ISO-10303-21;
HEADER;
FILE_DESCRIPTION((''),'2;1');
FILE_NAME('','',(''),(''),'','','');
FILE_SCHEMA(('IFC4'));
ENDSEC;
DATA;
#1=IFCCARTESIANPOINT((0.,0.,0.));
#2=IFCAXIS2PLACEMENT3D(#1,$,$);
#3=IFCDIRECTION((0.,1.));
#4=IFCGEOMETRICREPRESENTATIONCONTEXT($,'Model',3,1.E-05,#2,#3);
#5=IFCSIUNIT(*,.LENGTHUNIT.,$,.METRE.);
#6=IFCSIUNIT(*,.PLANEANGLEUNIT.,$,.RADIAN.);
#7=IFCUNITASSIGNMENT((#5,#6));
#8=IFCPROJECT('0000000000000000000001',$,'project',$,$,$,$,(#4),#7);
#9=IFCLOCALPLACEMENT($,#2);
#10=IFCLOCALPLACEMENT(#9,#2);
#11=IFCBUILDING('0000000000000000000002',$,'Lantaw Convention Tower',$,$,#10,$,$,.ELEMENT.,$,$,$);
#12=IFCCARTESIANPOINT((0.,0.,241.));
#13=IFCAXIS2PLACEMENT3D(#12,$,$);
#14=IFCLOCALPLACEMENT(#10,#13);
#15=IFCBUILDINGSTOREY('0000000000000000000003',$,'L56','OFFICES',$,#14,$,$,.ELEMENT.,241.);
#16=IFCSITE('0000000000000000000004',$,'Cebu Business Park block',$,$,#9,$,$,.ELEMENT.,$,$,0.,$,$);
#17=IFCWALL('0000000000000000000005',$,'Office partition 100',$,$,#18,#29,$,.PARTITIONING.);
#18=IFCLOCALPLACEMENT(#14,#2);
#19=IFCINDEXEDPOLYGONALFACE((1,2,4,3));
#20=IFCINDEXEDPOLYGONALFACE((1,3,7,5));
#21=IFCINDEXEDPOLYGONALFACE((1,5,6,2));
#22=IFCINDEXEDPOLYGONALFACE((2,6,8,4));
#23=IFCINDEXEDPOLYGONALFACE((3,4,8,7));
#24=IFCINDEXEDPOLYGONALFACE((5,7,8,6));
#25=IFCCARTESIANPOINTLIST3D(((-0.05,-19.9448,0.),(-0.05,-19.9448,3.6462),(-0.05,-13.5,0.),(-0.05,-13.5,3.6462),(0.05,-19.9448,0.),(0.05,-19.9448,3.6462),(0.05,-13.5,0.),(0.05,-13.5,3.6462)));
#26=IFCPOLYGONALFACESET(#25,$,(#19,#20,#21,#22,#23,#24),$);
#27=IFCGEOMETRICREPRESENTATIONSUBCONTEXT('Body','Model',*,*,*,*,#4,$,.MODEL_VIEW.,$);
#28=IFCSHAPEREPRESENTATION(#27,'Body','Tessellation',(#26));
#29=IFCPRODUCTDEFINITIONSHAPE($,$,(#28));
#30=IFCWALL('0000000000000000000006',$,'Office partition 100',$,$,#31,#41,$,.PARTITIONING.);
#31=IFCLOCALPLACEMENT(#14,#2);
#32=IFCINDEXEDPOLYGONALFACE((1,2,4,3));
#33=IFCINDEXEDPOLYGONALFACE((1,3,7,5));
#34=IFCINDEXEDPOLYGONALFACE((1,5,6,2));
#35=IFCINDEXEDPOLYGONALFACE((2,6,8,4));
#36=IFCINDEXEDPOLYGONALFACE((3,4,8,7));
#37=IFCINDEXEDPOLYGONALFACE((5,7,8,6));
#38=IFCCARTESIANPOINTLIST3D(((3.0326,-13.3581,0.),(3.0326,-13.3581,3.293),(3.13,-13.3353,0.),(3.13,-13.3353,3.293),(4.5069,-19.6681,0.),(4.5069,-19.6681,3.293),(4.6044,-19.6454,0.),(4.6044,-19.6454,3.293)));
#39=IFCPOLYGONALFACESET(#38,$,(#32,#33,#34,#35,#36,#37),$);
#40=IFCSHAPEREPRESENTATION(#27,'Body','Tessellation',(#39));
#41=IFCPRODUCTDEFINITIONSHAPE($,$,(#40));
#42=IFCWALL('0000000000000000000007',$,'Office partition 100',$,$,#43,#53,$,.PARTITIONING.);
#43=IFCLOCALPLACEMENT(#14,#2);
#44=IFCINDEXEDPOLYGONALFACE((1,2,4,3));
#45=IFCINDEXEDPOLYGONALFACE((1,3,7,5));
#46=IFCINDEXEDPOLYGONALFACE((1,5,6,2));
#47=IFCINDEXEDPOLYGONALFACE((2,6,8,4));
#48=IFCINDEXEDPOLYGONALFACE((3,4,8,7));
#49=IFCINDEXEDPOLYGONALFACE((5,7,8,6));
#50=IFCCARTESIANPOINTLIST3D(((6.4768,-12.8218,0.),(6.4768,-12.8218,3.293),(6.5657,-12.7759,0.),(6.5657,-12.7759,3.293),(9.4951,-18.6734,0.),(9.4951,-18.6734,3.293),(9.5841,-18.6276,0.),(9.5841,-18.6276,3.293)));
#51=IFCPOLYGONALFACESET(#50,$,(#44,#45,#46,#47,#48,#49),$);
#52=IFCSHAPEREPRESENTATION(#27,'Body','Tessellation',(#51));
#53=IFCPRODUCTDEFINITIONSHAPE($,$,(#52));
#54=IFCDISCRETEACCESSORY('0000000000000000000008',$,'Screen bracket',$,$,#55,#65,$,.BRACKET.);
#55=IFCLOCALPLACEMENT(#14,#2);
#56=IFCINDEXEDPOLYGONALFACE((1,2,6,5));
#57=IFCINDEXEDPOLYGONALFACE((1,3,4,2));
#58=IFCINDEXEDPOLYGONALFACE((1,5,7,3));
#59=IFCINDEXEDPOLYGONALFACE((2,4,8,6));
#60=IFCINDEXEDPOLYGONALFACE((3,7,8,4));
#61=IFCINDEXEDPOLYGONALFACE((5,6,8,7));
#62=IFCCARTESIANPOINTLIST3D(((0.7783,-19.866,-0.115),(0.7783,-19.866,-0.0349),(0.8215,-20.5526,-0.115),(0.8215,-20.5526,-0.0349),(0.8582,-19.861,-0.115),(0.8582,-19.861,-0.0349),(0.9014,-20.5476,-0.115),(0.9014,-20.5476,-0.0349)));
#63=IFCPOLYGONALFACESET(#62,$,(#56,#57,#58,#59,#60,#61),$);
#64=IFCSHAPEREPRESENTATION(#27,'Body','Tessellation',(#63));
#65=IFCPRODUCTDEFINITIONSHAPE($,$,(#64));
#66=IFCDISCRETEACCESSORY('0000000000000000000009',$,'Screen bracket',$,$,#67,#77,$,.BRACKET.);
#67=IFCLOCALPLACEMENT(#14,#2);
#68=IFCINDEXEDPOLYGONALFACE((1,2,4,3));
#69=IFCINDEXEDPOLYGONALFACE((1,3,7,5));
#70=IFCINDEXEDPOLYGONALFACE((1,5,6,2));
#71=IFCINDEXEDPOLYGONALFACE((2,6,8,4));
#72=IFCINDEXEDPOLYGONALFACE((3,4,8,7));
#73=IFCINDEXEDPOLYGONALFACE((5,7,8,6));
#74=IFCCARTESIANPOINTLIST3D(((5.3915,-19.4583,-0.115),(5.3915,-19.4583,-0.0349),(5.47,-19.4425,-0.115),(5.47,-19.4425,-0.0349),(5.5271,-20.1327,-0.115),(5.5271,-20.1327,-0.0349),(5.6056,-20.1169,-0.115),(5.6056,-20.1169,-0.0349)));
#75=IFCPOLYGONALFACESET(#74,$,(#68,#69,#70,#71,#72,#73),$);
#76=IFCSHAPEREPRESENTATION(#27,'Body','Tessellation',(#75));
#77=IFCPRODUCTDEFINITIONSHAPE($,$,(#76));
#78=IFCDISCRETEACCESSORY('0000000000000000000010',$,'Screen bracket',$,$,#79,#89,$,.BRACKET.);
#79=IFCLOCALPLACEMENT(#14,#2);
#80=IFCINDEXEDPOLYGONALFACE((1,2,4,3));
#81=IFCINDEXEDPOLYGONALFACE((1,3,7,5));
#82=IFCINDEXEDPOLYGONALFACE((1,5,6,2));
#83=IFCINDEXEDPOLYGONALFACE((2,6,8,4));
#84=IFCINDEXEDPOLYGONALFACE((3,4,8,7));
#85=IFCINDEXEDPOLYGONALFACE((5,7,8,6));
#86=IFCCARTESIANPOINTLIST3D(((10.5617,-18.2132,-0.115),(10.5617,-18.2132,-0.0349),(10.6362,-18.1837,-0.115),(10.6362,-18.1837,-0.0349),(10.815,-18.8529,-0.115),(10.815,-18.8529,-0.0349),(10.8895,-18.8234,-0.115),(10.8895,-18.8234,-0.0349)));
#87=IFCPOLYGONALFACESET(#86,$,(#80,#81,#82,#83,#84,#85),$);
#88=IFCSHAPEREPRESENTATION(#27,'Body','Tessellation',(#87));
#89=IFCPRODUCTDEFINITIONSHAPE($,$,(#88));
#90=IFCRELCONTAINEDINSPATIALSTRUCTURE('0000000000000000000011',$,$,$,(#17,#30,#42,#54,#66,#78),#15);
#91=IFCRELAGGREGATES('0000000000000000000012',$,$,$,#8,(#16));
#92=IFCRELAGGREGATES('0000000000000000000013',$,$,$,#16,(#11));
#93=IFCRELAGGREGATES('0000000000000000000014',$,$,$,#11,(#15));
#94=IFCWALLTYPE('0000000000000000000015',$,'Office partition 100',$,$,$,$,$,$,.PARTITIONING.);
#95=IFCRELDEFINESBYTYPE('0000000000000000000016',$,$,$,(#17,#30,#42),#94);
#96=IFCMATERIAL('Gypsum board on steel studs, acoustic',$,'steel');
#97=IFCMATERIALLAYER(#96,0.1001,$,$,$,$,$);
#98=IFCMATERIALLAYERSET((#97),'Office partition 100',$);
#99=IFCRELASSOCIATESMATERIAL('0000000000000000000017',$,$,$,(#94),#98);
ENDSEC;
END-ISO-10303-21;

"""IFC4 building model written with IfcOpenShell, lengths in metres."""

from ifc_helpers import new_model, si_unit, direction, frame, frame_2d, origin, origin_2d, place, context, subcontext, project, spatial, rectangle, extrude, material, layer, layer_set, type_object, element, save


model = new_model("IFC4")

# Units and contexts
model_context = context("Model", 3, precision=1e-05, world=origin(), true_north=direction((0.0, 1.0)))
body_context = subcontext(model_context, "Body", "Model", "MODEL_VIEW")
ifc_project = project(units=[si_unit("LENGTHUNIT", "METRE"), si_unit("PLANEANGLEUNIT", "RADIAN")], contexts=[model_context])

# Site, building, storey
site_placement = place(None, origin())
site = spatial("IfcSite", under=ifc_project, at=site_placement, Name="Cebu Business Park block", CompositionType="ELEMENT", RefElevation=0.0)
building_placement = place(site_placement, origin())
building = spatial("IfcBuilding", under=site, at=building_placement, Name="Lantaw Convention Tower", CompositionType="ELEMENT")
storey_placement = place(building_placement, frame((0.0, 0.0, 241.0)))
storey = spatial("IfcBuildingStorey", under=building, at=storey_placement, Name="L56", Description="OFFICES", CompositionType="ELEMENT", Elevation=241.0)

# Walls
ifc_material_1 = material(Name="Gypsum board on steel studs, acoustic", Category="steel")
ifc_layer_1 = layer(ifc_material_1, 0.1001)
ifc_layer_set_1 = layer_set([ifc_layer_1], Name="Office partition 100")
wall_type = type_object("IfcWallType", Name="Office partition 100", PredefinedType="PARTITIONING", material=ifc_layer_set_1)
wall_1_placement = place(storey_placement, frame((0.0, -19.9448, 0.0), z_axis=(0.0, 0.0, 1.0), x_axis=(0.0, 1.0, 0.0)))
element("IfcWall", 1, at=wall_1_placement, inside=storey, type_object=wall_type, Name="Office partition 100", PredefinedType="PARTITIONING", context=body_context, shape_type="SweptSolid", body=[
    extrude(rectangle(XDim=6.4448, YDim=0.1001, at=frame_2d((3.2224, 0.0))), origin(), (0.0, 0.0, 1.0), 3.6462),
])
wall_2_placement = place(storey_placement, frame((4.5557, -19.6567, 0.0), z_axis=(0.0, 0.0, 1.0), x_axis=(-0.227525, 0.973772, 0.0)))
element("IfcWall", 2, at=wall_2_placement, inside=storey, type_object=wall_type, Name="Office partition 100", PredefinedType="PARTITIONING", context=body_context, shape_type="SweptSolid", body=[
    extrude(rectangle(XDim=6.48, YDim=0.1001, at=frame_2d((3.24, 0.0))), origin(), (0.0, 0.0, 1.0), 3.293),
])
wall_3_placement = place(storey_placement, frame((9.5396, -18.6504, 0.0), z_axis=(0.0, 0.0, 1.0), x_axis=(-0.458421, 0.888735, 0.0)))
element("IfcWall", 3, at=wall_3_placement, inside=storey, type_object=wall_type, Name="Office partition 100", PredefinedType="PARTITIONING", context=body_context, shape_type="SweptSolid", body=[
    extrude(rectangle(XDim=6.5842, YDim=0.1001, at=frame_2d((3.292, 0.0))), origin(), (0.0, 0.0, 1.0), 3.293),
])

# Discrete accessories
for number, where, z_axis, x_axis, name in (
    (4, (0.8398, -20.2068, -0.115), (0.0, 0.0, 1.0), (0.998029, 0.062758, 0.0), "Screen bracket"),
    (5, (5.4985, -19.7876, -0.115), (0.0, 0.0, 1.0), (0.980367, 0.197183, 0.0), "Screen bracket"),
    (6, (10.7256, -18.5183, -0.115), (0.0, 0.0, 1.0), (0.929762, 0.368162, 0.0), "Screen bracket"),
):
    element("IfcDiscreteAccessory", number, at=place(storey_placement, frame(where, z_axis=z_axis, x_axis=x_axis)), inside=storey, Name=name, PredefinedType="BRACKET", context=body_context, shape_type="SweptSolid", body=[
        extrude(rectangle(XDim=0.0801, YDim=0.688, at=origin_2d()), origin(), (0.0, 0.0, 1.0), 0.0801),
    ])

save(model, "model.ifc")
